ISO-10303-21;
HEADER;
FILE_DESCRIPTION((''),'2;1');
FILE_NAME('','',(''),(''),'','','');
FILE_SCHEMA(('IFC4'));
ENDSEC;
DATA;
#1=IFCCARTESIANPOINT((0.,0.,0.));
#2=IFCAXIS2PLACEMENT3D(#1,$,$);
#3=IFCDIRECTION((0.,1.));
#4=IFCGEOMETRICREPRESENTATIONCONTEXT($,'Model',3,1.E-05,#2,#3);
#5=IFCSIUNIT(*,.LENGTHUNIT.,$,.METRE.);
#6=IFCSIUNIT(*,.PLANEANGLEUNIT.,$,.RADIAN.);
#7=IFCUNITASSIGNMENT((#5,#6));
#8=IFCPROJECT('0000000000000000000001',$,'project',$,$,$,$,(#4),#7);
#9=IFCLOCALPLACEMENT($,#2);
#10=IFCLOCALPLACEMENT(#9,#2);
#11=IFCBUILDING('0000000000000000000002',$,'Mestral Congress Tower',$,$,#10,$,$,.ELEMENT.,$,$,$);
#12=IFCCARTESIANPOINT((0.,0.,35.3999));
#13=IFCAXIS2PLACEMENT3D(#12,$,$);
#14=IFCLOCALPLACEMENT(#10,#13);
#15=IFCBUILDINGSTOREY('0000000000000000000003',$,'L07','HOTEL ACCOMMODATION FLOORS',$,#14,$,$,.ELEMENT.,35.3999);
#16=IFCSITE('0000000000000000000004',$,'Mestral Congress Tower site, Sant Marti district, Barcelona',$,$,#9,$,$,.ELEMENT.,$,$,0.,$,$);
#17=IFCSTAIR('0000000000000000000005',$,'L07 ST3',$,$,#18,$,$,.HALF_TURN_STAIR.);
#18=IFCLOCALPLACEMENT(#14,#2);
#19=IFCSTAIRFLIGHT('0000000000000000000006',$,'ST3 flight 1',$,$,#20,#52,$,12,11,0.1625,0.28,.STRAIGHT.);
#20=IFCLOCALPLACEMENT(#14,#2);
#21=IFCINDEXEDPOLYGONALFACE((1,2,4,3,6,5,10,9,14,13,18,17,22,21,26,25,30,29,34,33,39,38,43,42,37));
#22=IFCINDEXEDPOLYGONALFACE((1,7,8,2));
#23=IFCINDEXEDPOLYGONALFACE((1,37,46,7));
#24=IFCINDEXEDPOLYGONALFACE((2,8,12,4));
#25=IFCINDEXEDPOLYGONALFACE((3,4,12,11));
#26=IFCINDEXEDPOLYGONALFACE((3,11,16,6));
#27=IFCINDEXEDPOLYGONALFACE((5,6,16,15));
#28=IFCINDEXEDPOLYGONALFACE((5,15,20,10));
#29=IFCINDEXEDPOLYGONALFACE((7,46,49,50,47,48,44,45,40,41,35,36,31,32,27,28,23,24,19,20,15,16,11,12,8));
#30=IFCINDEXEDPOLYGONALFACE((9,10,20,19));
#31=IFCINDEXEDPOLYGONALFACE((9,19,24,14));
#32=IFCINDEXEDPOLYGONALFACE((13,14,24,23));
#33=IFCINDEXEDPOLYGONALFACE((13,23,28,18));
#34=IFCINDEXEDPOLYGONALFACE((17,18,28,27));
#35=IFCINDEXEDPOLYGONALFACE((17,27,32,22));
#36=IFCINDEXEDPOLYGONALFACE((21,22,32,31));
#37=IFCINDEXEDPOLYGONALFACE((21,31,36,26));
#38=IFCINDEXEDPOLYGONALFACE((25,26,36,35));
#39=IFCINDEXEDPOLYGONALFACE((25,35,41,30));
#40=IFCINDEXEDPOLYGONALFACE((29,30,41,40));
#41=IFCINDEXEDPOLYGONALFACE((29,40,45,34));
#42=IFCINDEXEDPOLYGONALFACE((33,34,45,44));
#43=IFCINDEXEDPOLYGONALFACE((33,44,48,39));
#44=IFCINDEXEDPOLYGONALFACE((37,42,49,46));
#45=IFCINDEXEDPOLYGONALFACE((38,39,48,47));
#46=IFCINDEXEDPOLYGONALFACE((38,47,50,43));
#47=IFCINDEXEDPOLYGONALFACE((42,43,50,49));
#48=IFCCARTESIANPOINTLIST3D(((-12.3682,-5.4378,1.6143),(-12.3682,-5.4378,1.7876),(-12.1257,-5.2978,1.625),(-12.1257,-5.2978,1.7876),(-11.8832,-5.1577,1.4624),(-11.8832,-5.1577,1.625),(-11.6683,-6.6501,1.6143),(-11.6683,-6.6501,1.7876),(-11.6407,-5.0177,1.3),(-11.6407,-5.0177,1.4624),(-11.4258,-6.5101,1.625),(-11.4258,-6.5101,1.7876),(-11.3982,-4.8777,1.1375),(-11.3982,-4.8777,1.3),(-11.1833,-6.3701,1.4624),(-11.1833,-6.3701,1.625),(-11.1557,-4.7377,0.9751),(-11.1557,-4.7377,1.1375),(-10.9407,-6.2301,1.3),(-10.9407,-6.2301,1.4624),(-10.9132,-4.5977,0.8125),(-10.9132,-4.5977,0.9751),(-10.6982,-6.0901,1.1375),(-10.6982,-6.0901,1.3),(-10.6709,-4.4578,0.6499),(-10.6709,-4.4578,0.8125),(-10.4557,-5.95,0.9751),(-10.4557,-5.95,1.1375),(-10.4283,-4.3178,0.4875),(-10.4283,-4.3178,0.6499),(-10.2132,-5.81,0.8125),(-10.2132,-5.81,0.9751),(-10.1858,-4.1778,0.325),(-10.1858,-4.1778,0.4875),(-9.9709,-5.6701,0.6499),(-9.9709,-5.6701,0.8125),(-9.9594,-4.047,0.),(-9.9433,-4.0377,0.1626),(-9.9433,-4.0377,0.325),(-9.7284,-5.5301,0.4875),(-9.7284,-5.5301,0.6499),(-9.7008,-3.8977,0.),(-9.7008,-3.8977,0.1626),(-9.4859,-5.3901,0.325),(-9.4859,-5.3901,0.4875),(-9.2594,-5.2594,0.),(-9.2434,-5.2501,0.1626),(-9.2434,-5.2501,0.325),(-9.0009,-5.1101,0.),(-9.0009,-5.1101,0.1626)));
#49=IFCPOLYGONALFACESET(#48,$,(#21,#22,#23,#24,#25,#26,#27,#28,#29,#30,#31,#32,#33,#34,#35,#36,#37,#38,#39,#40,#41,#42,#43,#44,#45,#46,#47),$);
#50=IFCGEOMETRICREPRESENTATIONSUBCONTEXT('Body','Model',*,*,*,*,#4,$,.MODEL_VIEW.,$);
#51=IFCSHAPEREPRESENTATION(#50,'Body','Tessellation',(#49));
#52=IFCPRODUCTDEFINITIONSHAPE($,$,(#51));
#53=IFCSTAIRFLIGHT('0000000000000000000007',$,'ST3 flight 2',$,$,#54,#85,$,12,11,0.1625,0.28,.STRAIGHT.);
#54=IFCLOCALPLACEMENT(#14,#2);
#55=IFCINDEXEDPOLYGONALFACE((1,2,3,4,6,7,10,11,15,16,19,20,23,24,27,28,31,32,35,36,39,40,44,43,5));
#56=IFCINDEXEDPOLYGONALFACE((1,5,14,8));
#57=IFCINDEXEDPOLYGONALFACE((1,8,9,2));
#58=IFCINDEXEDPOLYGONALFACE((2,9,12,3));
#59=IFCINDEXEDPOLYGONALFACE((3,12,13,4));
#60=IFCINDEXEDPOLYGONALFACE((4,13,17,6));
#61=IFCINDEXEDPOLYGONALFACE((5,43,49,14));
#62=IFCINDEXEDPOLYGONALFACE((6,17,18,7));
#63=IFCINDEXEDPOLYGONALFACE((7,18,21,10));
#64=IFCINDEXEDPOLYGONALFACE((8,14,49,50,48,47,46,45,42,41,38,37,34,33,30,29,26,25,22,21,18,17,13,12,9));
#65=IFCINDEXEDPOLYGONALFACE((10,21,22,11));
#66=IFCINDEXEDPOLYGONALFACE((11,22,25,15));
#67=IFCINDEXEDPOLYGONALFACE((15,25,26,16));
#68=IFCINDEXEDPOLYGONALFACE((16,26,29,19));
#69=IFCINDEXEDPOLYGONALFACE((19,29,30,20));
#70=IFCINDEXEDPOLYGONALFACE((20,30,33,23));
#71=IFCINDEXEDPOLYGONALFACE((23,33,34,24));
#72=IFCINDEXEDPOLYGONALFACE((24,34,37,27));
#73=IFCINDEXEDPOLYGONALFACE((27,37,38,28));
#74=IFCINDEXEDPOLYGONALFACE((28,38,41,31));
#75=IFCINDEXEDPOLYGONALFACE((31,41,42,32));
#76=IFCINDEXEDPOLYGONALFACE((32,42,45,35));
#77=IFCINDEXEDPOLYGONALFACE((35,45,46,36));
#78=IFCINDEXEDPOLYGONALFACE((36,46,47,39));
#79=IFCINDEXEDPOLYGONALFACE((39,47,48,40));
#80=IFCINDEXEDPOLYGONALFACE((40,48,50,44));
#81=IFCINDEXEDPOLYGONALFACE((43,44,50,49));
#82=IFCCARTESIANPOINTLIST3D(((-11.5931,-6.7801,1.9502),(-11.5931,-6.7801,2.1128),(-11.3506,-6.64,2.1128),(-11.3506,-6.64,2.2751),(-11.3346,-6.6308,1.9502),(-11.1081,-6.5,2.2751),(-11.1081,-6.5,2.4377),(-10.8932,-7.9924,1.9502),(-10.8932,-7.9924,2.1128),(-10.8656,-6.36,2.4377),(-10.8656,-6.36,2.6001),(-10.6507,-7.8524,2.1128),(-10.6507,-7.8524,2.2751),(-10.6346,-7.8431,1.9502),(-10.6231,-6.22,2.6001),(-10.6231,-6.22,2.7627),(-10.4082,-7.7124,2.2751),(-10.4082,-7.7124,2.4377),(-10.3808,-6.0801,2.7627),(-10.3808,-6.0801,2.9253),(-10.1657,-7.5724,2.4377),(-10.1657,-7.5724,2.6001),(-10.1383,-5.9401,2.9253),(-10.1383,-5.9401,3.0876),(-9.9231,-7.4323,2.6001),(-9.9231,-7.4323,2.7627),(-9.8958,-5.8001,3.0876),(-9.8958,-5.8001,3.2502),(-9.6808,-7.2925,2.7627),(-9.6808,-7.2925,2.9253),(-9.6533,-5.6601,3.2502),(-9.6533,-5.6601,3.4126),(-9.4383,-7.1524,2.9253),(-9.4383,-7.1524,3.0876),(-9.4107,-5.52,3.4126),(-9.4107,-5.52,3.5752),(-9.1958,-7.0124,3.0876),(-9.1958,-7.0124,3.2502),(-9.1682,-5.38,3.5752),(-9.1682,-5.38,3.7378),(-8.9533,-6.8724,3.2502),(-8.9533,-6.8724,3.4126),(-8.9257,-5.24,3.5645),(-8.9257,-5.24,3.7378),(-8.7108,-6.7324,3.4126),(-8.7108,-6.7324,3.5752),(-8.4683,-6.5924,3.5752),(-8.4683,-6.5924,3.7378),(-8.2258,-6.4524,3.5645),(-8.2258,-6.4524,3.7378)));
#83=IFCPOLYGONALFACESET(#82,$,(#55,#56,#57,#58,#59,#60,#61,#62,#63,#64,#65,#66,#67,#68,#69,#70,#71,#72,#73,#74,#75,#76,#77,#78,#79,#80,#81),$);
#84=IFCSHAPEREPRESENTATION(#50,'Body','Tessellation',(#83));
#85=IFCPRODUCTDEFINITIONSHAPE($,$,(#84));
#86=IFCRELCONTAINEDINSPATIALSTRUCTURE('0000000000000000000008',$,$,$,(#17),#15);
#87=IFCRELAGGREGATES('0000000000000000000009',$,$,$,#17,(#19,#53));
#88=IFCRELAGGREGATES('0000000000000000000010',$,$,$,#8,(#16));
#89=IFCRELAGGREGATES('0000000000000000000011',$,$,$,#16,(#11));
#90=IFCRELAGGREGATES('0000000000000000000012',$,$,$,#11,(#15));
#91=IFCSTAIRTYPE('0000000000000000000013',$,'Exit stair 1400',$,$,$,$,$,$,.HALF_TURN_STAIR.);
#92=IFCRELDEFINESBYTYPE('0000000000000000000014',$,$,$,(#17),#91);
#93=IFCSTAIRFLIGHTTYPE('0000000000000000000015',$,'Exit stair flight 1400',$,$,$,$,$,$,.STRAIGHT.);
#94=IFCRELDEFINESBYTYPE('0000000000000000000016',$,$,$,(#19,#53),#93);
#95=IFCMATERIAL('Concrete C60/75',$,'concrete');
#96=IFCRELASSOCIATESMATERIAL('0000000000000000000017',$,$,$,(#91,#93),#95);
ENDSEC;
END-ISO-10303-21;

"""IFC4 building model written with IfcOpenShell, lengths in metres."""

from ifc_helpers import new_model, si_unit, direction, frame, origin, place, context, subcontext, project, spatial, polyline, outline, extrude, material, type_object, element, aggregate, save


model = new_model("IFC4")

# Units and contexts
model_context = context("Model", 3, precision=1e-05, world=origin(), true_north=direction((0.0, 1.0)))
body_context = subcontext(model_context, "Body", "Model", "MODEL_VIEW")
ifc_project = project(units=[si_unit("LENGTHUNIT", "METRE"), si_unit("PLANEANGLEUNIT", "RADIAN")], contexts=[model_context])

# Site, building, storey
site_placement = place(None, origin())
site = spatial("IfcSite", under=ifc_project, at=site_placement, Name="Mestral Congress Tower site, Sant Marti district, Barcelona", CompositionType="ELEMENT", RefElevation=0.0)
building_placement = place(site_placement, origin())
building = spatial("IfcBuilding", under=site, at=building_placement, Name="Mestral Congress Tower", CompositionType="ELEMENT")
storey_placement = place(building_placement, frame((0.0, 0.0, 35.3999)))
storey = spatial("IfcBuildingStorey", under=building, at=storey_placement, Name="L07", Description="HOTEL ACCOMMODATION FLOORS", CompositionType="ELEMENT", Elevation=35.3999)

# Shared definitions
ifc_material_1 = material(Name="Concrete C60/75", Category="concrete")

# Stair, stair flights
stair_type = type_object("IfcStairType", Name="Exit stair 1400", PredefinedType="HALF_TURN_STAIR", material=ifc_material_1)
stair_placement = place(storey_placement, origin())
stair = element("IfcStair", 1, at=stair_placement, inside=storey, type_object=stair_type, Name="L07 ST3", PredefinedType="HALF_TURN_STAIR")
stair_flight_type = type_object("IfcStairFlightType", Name="Exit stair flight 1400", PredefinedType="STRAIGHT", material=ifc_material_1)
stair_flight_1_placement = place(storey_placement, frame((-9.3508, -4.5039, 0.0), z_axis=(0.0, 0.0, 1.0), x_axis=(-0.866025, -0.5, 0.0)))
stair_flight_1 = element("IfcStairFlight", 2, at=stair_flight_1_placement, type_object=stair_flight_type, Name="ST3 flight 1", NumberOfRisers=12, NumberOfTreads=11, PredefinedType="STRAIGHT", RiserHeight=0.1625, TreadLength=0.28, context=body_context, shape_type="SweptSolid", body=[
    extrude(outline(polyline([(0.0, 0.0), (0.0, 0.1626), (0.28, 0.1626), (0.28, 0.325), (0.5601, 0.325), (0.5601, 0.4875), (0.8401, 0.4875), (0.8401, 0.6499), (1.1201, 0.6499), (1.1201, 0.8125), (1.3999, 0.8125), (1.3999, 0.9751), (1.6799, 0.9751), (1.6799, 1.1375), (1.96, 1.1375), (1.96, 1.3), (2.24, 1.3), (2.24, 1.4624), (2.52, 1.4624), (2.52, 1.625), (2.8, 1.625), (2.8, 1.7876), (3.0801, 1.7876), (3.0801, 1.95), (3.0801, 1.6143), (0.2986, 0.0), (0.0, 0.0)])), frame((0.0, 0.7, 0.0), z_axis=(0.0, -1.0, 0.0), x_axis=(1.0, 0.0, 0.0)), (0.0, 0.0, 1.0), 1.3999),
])
stair_flight_2_placement = place(storey_placement, frame((-11.2432, -7.3862, 1.9502), z_axis=(0.0, 0.0, 1.0), x_axis=(0.866025, 0.5, 0.0)))
stair_flight_2 = element("IfcStairFlight", 3, at=stair_flight_2_placement, type_object=stair_flight_type, Name="ST3 flight 2", NumberOfRisers=12, NumberOfTreads=11, PredefinedType="STRAIGHT", RiserHeight=0.1625, TreadLength=0.28, context=body_context, shape_type="SweptSolid", body=[
    extrude(outline(polyline([(0.0, 0.0), (0.0, 0.1626), (0.28, 0.1626), (0.28, 0.325), (0.5601, 0.325), (0.5601, 0.4875), (0.8401, 0.4875), (0.8401, 0.6499), (1.1201, 0.6499), (1.1201, 0.8125), (1.3999, 0.8125), (1.3999, 0.9751), (1.6799, 0.9751), (1.6799, 1.1375), (1.96, 1.1375), (1.96, 1.3), (2.24, 1.3), (2.24, 1.4624), (2.52, 1.4624), (2.52, 1.625), (2.8, 1.625), (2.8, 1.7876), (3.0801, 1.7876), (3.0801, 1.95), (3.0801, 1.6143), (0.2986, 0.0), (0.0, 0.0)])), frame((0.0, 0.7, 0.0), z_axis=(0.0, -1.0, 0.0), x_axis=(1.0, 0.0, 0.0)), (0.0, 0.0, 1.0), 1.3999),
])
aggregate(stair, [stair_flight_1, stair_flight_2])

save(model, "model.ifc")
